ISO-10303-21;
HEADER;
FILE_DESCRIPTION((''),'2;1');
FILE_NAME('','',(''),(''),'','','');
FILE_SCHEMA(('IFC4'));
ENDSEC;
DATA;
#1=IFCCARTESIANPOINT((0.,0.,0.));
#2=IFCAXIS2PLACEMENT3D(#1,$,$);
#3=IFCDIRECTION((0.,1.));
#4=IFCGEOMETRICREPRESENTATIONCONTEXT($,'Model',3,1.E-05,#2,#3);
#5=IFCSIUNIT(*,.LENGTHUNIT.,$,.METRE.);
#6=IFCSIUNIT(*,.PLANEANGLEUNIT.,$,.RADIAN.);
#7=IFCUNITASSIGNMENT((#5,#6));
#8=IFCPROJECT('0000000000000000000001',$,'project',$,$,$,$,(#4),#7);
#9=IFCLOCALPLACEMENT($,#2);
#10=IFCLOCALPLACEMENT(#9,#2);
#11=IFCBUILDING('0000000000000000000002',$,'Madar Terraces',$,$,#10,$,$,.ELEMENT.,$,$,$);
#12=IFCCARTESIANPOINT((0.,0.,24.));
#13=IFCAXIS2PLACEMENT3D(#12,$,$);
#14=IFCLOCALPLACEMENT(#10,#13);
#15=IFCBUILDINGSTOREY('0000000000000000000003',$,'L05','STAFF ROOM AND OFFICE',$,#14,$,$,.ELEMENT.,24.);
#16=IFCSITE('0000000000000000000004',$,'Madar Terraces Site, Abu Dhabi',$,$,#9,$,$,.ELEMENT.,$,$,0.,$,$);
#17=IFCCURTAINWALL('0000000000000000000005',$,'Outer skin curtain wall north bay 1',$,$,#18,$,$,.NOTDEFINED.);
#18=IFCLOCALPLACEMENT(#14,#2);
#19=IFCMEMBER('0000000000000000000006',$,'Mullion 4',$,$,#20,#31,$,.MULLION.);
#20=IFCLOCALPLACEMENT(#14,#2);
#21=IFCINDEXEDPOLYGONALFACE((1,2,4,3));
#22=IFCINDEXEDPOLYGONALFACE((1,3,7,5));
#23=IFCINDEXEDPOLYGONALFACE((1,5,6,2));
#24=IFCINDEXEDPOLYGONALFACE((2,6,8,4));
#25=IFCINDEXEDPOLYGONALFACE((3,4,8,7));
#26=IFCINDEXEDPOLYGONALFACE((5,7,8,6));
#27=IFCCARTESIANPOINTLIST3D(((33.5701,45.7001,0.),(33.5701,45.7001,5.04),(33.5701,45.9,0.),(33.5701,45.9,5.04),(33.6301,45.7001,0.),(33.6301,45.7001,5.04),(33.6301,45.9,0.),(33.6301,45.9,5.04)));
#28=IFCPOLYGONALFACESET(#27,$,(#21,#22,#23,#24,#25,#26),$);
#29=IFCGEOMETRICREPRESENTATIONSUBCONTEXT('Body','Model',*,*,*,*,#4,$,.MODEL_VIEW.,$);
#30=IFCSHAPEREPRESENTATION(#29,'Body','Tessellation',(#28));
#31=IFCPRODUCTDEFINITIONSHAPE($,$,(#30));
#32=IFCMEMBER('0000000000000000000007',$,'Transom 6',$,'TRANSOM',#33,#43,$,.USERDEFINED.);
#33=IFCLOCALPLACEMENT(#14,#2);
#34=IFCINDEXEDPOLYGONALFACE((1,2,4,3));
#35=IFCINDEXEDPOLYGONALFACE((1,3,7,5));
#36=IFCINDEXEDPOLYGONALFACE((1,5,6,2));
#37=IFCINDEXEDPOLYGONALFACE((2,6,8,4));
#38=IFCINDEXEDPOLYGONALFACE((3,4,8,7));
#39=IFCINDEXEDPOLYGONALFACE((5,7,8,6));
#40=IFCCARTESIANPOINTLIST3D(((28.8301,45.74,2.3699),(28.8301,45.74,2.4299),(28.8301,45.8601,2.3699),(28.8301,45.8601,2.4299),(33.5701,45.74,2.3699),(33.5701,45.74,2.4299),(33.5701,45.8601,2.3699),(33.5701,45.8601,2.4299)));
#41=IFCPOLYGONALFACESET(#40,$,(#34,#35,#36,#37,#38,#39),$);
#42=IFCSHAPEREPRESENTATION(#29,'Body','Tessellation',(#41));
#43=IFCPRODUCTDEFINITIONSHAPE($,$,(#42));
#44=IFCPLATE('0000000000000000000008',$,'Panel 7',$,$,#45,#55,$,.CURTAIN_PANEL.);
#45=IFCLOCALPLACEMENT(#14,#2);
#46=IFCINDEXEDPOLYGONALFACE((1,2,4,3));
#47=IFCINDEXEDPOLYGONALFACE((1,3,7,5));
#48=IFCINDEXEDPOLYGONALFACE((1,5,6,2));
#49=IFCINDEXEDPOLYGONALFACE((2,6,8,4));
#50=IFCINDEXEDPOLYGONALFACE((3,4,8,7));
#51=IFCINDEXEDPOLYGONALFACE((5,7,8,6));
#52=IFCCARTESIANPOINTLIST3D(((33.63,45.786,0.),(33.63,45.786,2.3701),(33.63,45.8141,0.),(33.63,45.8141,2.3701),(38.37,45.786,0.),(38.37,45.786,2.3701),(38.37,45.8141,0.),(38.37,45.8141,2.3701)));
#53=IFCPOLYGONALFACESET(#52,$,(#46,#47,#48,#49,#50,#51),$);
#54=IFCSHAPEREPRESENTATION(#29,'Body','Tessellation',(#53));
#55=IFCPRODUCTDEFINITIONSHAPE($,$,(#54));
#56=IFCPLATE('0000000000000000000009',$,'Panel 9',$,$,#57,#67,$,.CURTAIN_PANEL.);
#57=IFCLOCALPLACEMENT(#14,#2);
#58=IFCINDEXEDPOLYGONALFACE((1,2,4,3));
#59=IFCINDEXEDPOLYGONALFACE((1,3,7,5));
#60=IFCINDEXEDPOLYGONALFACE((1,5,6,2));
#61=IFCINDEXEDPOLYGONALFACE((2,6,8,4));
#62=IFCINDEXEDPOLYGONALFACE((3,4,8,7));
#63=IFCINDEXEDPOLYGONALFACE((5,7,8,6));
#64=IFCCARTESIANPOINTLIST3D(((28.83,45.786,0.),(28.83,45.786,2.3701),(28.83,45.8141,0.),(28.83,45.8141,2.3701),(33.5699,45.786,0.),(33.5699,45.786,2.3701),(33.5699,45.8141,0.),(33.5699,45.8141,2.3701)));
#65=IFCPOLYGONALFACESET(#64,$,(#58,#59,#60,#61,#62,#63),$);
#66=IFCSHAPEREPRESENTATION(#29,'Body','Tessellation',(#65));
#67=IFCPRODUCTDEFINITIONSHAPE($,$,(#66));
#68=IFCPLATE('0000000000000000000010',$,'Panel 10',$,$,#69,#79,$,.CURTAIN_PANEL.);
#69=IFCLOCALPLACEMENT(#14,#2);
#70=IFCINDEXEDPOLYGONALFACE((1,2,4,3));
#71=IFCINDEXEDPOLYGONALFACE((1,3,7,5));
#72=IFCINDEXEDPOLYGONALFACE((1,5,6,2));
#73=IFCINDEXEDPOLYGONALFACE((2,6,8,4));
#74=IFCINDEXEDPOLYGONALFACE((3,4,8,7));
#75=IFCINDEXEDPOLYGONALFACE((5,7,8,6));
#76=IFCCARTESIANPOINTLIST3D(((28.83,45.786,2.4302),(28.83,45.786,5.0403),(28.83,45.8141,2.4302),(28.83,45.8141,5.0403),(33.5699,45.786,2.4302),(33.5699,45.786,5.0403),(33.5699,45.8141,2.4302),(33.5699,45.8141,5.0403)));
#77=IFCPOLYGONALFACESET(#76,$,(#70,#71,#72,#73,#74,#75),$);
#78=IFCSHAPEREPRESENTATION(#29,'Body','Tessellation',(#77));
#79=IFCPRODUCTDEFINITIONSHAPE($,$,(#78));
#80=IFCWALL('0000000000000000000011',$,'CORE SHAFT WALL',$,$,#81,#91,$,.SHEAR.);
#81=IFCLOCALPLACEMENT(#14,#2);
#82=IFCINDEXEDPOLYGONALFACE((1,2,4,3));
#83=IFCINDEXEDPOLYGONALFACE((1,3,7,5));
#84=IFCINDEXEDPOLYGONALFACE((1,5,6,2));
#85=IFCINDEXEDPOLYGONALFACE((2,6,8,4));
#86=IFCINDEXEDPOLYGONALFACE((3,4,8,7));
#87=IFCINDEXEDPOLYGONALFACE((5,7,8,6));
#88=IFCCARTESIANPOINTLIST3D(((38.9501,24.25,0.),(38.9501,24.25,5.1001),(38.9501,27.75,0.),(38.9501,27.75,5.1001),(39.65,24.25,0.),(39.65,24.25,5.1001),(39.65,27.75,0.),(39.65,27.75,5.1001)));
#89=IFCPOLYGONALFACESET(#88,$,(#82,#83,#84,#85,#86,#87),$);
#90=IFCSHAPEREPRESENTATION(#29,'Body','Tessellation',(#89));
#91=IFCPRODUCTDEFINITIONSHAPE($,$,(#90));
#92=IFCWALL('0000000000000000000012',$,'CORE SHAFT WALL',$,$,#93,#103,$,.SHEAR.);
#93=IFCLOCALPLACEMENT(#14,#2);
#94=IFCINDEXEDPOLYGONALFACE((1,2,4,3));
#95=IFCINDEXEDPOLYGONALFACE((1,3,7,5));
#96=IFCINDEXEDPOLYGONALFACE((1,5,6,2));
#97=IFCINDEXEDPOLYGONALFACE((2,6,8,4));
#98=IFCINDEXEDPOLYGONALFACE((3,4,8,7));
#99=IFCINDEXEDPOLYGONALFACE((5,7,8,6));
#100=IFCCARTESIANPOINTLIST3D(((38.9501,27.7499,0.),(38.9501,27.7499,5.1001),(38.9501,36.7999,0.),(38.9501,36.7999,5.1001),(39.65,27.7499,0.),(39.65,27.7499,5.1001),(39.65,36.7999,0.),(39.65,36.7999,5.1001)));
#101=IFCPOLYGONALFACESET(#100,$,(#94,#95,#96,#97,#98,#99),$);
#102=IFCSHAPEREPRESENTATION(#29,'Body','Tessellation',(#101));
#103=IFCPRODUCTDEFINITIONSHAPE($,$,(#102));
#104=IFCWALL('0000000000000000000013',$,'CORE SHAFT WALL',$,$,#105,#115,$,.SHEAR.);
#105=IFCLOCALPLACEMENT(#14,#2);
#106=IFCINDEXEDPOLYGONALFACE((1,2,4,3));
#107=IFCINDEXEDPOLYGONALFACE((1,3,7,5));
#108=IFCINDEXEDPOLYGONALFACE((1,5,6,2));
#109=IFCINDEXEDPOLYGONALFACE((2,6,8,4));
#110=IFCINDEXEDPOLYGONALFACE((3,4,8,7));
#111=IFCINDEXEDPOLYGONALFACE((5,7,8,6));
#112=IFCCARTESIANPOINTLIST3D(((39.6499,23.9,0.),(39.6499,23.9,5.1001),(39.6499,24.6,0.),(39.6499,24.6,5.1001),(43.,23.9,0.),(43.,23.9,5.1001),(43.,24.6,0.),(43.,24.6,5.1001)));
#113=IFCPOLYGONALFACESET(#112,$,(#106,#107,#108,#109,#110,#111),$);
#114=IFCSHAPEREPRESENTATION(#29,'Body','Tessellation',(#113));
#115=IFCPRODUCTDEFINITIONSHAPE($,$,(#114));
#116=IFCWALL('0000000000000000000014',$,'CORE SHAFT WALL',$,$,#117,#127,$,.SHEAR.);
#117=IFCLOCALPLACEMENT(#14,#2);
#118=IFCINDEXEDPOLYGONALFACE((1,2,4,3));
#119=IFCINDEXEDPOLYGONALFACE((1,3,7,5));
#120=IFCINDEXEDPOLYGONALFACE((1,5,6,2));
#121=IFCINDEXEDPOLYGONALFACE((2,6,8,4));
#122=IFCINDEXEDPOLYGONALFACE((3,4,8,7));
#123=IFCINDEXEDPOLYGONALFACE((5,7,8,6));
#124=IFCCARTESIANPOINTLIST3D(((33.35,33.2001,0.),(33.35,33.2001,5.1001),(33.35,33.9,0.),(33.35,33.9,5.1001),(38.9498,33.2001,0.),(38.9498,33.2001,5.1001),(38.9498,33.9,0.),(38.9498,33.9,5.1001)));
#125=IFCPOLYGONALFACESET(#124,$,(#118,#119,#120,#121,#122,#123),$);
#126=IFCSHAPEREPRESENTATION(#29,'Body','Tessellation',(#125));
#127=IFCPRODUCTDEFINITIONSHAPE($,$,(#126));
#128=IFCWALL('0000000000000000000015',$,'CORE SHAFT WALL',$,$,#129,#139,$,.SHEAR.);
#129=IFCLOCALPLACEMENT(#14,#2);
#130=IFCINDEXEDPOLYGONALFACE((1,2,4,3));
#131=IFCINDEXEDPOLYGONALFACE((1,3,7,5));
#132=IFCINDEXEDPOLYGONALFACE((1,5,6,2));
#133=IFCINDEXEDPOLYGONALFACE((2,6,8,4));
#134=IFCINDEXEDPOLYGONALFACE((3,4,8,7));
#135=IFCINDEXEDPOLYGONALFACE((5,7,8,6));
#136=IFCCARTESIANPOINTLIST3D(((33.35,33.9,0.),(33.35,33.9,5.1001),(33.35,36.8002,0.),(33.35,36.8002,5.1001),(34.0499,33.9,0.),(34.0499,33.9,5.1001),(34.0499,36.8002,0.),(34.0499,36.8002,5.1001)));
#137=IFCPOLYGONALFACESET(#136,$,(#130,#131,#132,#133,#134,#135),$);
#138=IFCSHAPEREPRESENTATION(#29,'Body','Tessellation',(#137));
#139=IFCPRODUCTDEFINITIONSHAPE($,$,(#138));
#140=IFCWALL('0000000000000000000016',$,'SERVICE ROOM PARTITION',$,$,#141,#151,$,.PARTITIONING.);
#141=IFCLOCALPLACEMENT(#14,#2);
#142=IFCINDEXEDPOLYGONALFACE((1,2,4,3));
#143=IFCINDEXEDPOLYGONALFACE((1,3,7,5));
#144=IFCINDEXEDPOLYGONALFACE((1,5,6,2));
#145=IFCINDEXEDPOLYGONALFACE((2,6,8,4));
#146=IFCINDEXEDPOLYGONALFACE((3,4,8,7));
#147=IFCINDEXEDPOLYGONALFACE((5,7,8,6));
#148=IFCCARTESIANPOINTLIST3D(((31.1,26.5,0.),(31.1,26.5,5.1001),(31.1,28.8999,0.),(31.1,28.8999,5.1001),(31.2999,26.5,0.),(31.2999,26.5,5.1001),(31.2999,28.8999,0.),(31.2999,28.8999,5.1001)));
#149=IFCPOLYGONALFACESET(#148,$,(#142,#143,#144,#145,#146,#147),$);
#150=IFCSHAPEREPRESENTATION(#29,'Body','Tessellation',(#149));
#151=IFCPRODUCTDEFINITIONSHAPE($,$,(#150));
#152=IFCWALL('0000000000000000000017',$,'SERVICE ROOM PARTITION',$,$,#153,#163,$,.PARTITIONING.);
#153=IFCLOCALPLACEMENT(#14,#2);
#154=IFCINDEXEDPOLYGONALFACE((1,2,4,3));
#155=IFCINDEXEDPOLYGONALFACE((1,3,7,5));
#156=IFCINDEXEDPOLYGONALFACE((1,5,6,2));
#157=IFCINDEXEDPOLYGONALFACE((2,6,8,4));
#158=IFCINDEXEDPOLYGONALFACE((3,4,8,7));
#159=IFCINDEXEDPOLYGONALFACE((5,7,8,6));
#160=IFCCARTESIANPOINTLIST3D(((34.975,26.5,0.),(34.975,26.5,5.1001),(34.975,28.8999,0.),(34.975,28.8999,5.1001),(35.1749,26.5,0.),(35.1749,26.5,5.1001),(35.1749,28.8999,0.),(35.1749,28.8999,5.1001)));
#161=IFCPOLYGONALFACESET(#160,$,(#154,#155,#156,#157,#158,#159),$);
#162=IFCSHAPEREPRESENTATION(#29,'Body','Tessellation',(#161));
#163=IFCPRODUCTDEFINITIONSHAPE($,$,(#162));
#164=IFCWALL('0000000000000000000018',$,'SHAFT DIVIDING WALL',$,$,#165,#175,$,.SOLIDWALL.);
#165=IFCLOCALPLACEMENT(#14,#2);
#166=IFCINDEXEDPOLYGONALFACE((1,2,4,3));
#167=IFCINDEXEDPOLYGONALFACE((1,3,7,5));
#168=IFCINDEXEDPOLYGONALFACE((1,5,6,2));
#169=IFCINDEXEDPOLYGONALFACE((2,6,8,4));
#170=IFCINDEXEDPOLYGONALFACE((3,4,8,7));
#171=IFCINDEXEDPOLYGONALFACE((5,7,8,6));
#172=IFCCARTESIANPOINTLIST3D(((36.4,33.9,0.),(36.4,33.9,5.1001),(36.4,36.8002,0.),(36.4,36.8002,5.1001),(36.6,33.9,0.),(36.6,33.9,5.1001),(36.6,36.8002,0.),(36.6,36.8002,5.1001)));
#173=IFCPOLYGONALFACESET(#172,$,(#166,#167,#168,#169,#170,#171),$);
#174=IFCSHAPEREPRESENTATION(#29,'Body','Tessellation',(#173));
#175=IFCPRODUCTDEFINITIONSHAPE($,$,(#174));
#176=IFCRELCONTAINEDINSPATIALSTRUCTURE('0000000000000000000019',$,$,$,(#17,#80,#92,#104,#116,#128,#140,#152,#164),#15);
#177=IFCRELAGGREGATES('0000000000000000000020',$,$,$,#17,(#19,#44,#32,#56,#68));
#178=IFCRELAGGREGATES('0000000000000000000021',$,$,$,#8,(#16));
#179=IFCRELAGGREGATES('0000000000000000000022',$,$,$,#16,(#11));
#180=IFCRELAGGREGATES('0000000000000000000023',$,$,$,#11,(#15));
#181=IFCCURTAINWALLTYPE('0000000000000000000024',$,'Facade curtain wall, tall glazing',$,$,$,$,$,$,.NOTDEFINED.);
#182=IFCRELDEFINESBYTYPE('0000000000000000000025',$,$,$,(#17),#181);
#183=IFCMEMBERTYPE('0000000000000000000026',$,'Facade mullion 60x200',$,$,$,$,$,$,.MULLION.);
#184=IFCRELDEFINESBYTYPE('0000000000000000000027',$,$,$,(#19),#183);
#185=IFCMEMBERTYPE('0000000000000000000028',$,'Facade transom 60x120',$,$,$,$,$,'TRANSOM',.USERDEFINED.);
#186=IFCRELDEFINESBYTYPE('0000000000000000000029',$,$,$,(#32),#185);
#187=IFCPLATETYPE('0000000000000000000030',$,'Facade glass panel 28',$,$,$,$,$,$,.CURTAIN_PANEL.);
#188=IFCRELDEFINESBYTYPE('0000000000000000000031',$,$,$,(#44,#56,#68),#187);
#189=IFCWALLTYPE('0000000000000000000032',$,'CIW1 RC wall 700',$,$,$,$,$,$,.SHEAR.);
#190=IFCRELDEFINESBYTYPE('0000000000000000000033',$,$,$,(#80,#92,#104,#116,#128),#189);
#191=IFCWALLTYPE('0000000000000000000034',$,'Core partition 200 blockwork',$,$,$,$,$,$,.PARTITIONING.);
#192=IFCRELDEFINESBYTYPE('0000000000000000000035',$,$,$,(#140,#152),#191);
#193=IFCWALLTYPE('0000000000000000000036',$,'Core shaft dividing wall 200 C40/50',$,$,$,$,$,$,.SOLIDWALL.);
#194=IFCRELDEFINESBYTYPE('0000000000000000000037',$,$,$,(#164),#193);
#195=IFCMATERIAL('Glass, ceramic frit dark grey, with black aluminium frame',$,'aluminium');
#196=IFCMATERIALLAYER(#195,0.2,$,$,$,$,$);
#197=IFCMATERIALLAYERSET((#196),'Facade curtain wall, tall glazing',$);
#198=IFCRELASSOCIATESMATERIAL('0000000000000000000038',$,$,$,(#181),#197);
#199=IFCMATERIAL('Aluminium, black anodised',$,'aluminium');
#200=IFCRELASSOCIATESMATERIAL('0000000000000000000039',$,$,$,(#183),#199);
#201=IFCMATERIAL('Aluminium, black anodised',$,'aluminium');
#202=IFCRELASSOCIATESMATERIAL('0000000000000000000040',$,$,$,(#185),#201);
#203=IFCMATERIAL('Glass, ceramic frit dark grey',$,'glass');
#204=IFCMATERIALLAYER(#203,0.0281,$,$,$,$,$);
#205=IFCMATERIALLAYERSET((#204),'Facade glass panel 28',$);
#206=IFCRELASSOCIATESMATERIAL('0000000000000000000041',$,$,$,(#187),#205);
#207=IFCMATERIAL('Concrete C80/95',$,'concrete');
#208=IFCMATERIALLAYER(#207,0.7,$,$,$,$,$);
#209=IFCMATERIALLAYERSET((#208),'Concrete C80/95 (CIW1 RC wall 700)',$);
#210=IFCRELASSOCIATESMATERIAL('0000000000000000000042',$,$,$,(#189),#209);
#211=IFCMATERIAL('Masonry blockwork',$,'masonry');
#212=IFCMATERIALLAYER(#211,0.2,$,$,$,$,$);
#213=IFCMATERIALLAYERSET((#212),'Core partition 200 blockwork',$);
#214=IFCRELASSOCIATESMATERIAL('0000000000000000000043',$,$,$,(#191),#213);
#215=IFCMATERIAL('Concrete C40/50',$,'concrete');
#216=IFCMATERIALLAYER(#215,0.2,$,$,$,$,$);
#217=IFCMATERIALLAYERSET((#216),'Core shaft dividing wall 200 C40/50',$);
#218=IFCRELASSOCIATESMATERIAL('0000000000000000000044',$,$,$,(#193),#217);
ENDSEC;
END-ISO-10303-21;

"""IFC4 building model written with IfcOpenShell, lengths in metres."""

from ifc_helpers import new_model, si_unit, direction, frame, frame_2d, origin, origin_2d, place, context, subcontext, project, spatial, rectangle, extrude, material, layer, layer_set, material_profile, profile_set, type_object, element, aggregate, save


model = new_model("IFC4")

# Units and contexts
model_context = context("Model", 3, precision=1e-05, world=origin(), true_north=direction((0.0, 1.0)))
body_context = subcontext(model_context, "Body", "Model", "MODEL_VIEW")
ifc_project = project(units=[si_unit("LENGTHUNIT", "METRE"), si_unit("PLANEANGLEUNIT", "RADIAN")], contexts=[model_context])

# Site, building, storey
site_placement = place(None, origin())
site = spatial("IfcSite", under=ifc_project, at=site_placement, Name="Madar Terraces Site, Abu Dhabi", CompositionType="ELEMENT", RefElevation=0.0)
building_placement = place(site_placement, origin())
building = spatial("IfcBuilding", under=site, at=building_placement, Name="Madar Terraces", CompositionType="ELEMENT")
storey_placement = place(building_placement, frame((0.0, 0.0, 24.0)))
storey = spatial("IfcBuildingStorey", under=building, at=storey_placement, Name="L05", Description="STAFF ROOM AND OFFICE", CompositionType="ELEMENT", Elevation=24.0)

# Curtain wall, members, plates
ifc_material_1 = material(Name="Glass, ceramic frit dark grey, with black aluminium frame", Category="aluminium")
ifc_layer_1 = layer(ifc_material_1, 0.2)
ifc_layer_set_1 = layer_set([ifc_layer_1], Name="Facade curtain wall, tall glazing")
curtain_wall_type = type_object("IfcCurtainWallType", Name="Facade curtain wall, tall glazing", PredefinedType="NOTDEFINED", material=ifc_layer_set_1)
curtain_wall_placement = place(storey_placement, origin())
curtain_wall = element("IfcCurtainWall", 1, at=curtain_wall_placement, inside=storey, type_object=curtain_wall_type, Name="Outer skin curtain wall north bay 1", PredefinedType="NOTDEFINED")
ifc_material_2 = material(Name="Aluminium, black anodised", Category="aluminium")
ifc_material_profile_1 = material_profile(ifc_material_2, rectangle(XDim=0.2, YDim=0.0601, at=origin_2d()), Name="Facade mullion 60x200")
ifc_profile_set_1 = profile_set([ifc_material_profile_1], Name="Aluminium, black anodised")
member_type_1 = type_object("IfcMemberType", Name="Facade mullion 60x200", PredefinedType="MULLION", material=ifc_profile_set_1)
member_1_placement = place(storey_placement, frame((33.6001, 45.8, 0.0), z_axis=(0.0, 0.0, 1.0), x_axis=(0.0, -1.0, 0.0)))
member_1 = element("IfcMember", 2, at=member_1_placement, type_object=member_type_1, Name="Mullion 4", PredefinedType="MULLION", context=body_context, shape_type="SweptSolid", body=[
    extrude(rectangle(XDim=0.2, YDim=0.0601, at=origin_2d()), origin(), (0.0, 0.0, 1.0), 5.04),
])
ifc_material_3 = material(Name="Aluminium, black anodised", Category="aluminium")
ifc_material_profile_2 = material_profile(ifc_material_3, rectangle(XDim=0.1201, YDim=0.0601, at=origin_2d()), Name="Facade transom 60x120")
ifc_profile_set_2 = profile_set([ifc_material_profile_2], Name="Aluminium, black anodised")
member_type_2 = type_object("IfcMemberType", Name="Facade transom 60x120", ElementType="TRANSOM", PredefinedType="USERDEFINED", material=ifc_profile_set_2)
member_2_placement = place(storey_placement, frame((33.5701, 45.8, 2.3999), z_axis=(-1.0, 0.0, 0.0), x_axis=(0.0, -1.0, 0.0)))
member_2 = element("IfcMember", 3, at=member_2_placement, type_object=member_type_2, Name="Transom 6", ObjectType="TRANSOM", PredefinedType="USERDEFINED", context=body_context, shape_type="SweptSolid", body=[
    extrude(rectangle(XDim=0.1201, YDim=0.0601, at=origin_2d()), origin(), (0.0, 0.0, 1.0), 4.74),
])
ifc_material_4 = material(Name="Glass, ceramic frit dark grey", Category="glass")
ifc_layer_2 = layer(ifc_material_4, 0.0281)
ifc_layer_set_2 = layer_set([ifc_layer_2], Name="Facade glass panel 28")
plate_type = type_object("IfcPlateType", Name="Facade glass panel 28", PredefinedType="CURTAIN_PANEL", material=ifc_layer_set_2)
plate_1_placement = place(storey_placement, frame((36.0, 45.8, 0.0), z_axis=(0.0, 0.0, 1.0), x_axis=(-1.0, 0.0, 0.0)))
plate_1 = element("IfcPlate", 4, at=plate_1_placement, type_object=plate_type, Name="Panel 7", PredefinedType="CURTAIN_PANEL", context=body_context, shape_type="SweptSolid", body=[
    extrude(rectangle(XDim=4.74, YDim=0.0281, at=origin_2d()), origin(), (0.0, 0.0, 1.0), 2.3701),
])
plate_2_placement = place(storey_placement, frame((31.2, 45.8, 0.0), z_axis=(0.0, 0.0, 1.0), x_axis=(-1.0, 0.0, 0.0)))
plate_2 = element("IfcPlate", 5, at=plate_2_placement, type_object=plate_type, Name="Panel 9", PredefinedType="CURTAIN_PANEL", context=body_context, shape_type="SweptSolid", body=[
    extrude(rectangle(XDim=4.74, YDim=0.0281, at=origin_2d()), origin(), (0.0, 0.0, 1.0), 2.3701),
])
plate_3_placement = place(storey_placement, frame((31.2, 45.8, 2.4302), z_axis=(0.0, 0.0, 1.0), x_axis=(-1.0, 0.0, 0.0)))
plate_3 = element("IfcPlate", 6, at=plate_3_placement, type_object=plate_type, Name="Panel 10", PredefinedType="CURTAIN_PANEL", context=body_context, shape_type="SweptSolid", body=[
    extrude(rectangle(XDim=4.74, YDim=0.0281, at=origin_2d()), origin(), (0.0, 0.0, 1.0), 2.6101),
])
aggregate(curtain_wall, [member_1, plate_1, member_2, plate_2, plate_3])

# Walls
ifc_material_5 = material(Name="Concrete C80/95", Category="concrete")
ifc_layer_3 = layer(ifc_material_5, 0.7)
ifc_layer_set_3 = layer_set([ifc_layer_3], Name="Concrete C80/95 (CIW1 RC wall 700)")
wall_type_1 = type_object("IfcWallType", Name="CIW1 RC wall 700", PredefinedType="SHEAR", material=ifc_layer_set_3)
wall_1_placement = place(storey_placement, frame((39.3, 24.25, 0.0), z_axis=(0.0, 0.0, 1.0), x_axis=(0.0, 1.0, 0.0)))
element("IfcWall", 7, at=wall_1_placement, inside=storey, type_object=wall_type_1, Name="CORE SHAFT WALL", PredefinedType="SHEAR", context=body_context, shape_type="SweptSolid", body=[
    extrude(rectangle(XDim=3.5, YDim=0.7, at=frame_2d((1.75, 0.0))), origin(), (0.0, 0.0, 1.0), 5.1001),
])
wall_2_placement = place(storey_placement, frame((39.3, 27.75, 0.0), z_axis=(0.0, 0.0, 1.0), x_axis=(0.0, 1.0, 0.0)))
element("IfcWall", 8, at=wall_2_placement, inside=storey, type_object=wall_type_1, Name="CORE SHAFT WALL", PredefinedType="SHEAR", context=body_context, shape_type="SweptSolid", body=[
    extrude(rectangle(XDim=9.05, YDim=0.7, at=frame_2d((4.5249, 0.0))), origin(), (0.0, 0.0, 1.0), 5.1001),
])
wall_3_placement = place(storey_placement, frame((39.6499, 24.25, 0.0), z_axis=(0.0, 0.0, 1.0), x_axis=(1.0, 0.0, 0.0)))
element("IfcWall", 9, at=wall_3_placement, inside=storey, type_object=wall_type_1, Name="CORE SHAFT WALL", PredefinedType="SHEAR", context=body_context, shape_type="SweptSolid", body=[
    extrude(rectangle(XDim=3.3501, YDim=0.7, at=frame_2d((1.675, 0.0))), origin(), (0.0, 0.0, 1.0), 5.1001),
])
wall_4_placement = place(storey_placement, frame((33.3501, 33.55, 0.0), z_axis=(0.0, 0.0, 1.0), x_axis=(1.0, 0.0, 0.0)))
element("IfcWall", 10, at=wall_4_placement, inside=storey, type_object=wall_type_1, Name="CORE SHAFT WALL", PredefinedType="SHEAR", context=body_context, shape_type="SweptSolid", body=[
    extrude(rectangle(XDim=5.5999, YDim=0.7, at=frame_2d((2.7998, 0.0))), origin(), (0.0, 0.0, 1.0), 5.1001),
])
wall_5_placement = place(storey_placement, frame((33.7, 33.8999, 0.0), z_axis=(0.0, 0.0, 1.0), x_axis=(0.0, 1.0, 0.0)))
element("IfcWall", 11, at=wall_5_placement, inside=storey, type_object=wall_type_1, Name="CORE SHAFT WALL", PredefinedType="SHEAR", context=body_context, shape_type="SweptSolid", body=[
    extrude(rectangle(XDim=2.9001, YDim=0.7, at=frame_2d((1.4502, 0.0))), origin(), (0.0, 0.0, 1.0), 5.1001),
])
ifc_material_6 = material(Name="Masonry blockwork", Category="masonry")
ifc_layer_4 = layer(ifc_material_6, 0.2)
ifc_layer_set_4 = layer_set([ifc_layer_4], Name="Core partition 200 blockwork")
wall_type_2 = type_object("IfcWallType", Name="Core partition 200 blockwork", PredefinedType="PARTITIONING", material=ifc_layer_set_4)
for number, where, z_axis, x_axis, name in (
    (12, (31.2, 26.5, 0.0), (0.0, 0.0, 1.0), (0.0, 1.0, 0.0), "SERVICE ROOM PARTITION"),
    (13, (35.075, 26.5, 0.0), (0.0, 0.0, 1.0), (0.0, 1.0, 0.0), "SERVICE ROOM PARTITION"),
):
    element("IfcWall", number, at=place(storey_placement, frame(where, z_axis=z_axis, x_axis=x_axis)), inside=storey, type_object=wall_type_2, Name=name, PredefinedType="PARTITIONING", context=body_context, shape_type="SweptSolid", body=[
        extrude(rectangle(XDim=2.3999, YDim=0.2, at=frame_2d((1.2, 0.0))), origin(), (0.0, 0.0, 1.0), 5.1001),
    ])
ifc_material_7 = material(Name="Concrete C40/50", Category="concrete")
ifc_layer_5 = layer(ifc_material_7, 0.2)
ifc_layer_set_5 = layer_set([ifc_layer_5], Name="Core shaft dividing wall 200 C40/50")
wall_type_3 = type_object("IfcWallType", Name="Core shaft dividing wall 200 C40/50", PredefinedType="SOLIDWALL", material=ifc_layer_set_5)
wall_6_placement = place(storey_placement, frame((36.5, 33.8999, 0.0), z_axis=(0.0, 0.0, 1.0), x_axis=(0.0, 1.0, 0.0)))
element("IfcWall", 14, at=wall_6_placement, inside=storey, type_object=wall_type_3, Name="SHAFT DIVIDING WALL", PredefinedType="SOLIDWALL", context=body_context, shape_type="SweptSolid", body=[
    extrude(rectangle(XDim=2.9001, YDim=0.2, at=frame_2d((1.4502, 0.0))), origin(), (0.0, 0.0, 1.0), 5.1001),
])

save(model, "model.ifc")
